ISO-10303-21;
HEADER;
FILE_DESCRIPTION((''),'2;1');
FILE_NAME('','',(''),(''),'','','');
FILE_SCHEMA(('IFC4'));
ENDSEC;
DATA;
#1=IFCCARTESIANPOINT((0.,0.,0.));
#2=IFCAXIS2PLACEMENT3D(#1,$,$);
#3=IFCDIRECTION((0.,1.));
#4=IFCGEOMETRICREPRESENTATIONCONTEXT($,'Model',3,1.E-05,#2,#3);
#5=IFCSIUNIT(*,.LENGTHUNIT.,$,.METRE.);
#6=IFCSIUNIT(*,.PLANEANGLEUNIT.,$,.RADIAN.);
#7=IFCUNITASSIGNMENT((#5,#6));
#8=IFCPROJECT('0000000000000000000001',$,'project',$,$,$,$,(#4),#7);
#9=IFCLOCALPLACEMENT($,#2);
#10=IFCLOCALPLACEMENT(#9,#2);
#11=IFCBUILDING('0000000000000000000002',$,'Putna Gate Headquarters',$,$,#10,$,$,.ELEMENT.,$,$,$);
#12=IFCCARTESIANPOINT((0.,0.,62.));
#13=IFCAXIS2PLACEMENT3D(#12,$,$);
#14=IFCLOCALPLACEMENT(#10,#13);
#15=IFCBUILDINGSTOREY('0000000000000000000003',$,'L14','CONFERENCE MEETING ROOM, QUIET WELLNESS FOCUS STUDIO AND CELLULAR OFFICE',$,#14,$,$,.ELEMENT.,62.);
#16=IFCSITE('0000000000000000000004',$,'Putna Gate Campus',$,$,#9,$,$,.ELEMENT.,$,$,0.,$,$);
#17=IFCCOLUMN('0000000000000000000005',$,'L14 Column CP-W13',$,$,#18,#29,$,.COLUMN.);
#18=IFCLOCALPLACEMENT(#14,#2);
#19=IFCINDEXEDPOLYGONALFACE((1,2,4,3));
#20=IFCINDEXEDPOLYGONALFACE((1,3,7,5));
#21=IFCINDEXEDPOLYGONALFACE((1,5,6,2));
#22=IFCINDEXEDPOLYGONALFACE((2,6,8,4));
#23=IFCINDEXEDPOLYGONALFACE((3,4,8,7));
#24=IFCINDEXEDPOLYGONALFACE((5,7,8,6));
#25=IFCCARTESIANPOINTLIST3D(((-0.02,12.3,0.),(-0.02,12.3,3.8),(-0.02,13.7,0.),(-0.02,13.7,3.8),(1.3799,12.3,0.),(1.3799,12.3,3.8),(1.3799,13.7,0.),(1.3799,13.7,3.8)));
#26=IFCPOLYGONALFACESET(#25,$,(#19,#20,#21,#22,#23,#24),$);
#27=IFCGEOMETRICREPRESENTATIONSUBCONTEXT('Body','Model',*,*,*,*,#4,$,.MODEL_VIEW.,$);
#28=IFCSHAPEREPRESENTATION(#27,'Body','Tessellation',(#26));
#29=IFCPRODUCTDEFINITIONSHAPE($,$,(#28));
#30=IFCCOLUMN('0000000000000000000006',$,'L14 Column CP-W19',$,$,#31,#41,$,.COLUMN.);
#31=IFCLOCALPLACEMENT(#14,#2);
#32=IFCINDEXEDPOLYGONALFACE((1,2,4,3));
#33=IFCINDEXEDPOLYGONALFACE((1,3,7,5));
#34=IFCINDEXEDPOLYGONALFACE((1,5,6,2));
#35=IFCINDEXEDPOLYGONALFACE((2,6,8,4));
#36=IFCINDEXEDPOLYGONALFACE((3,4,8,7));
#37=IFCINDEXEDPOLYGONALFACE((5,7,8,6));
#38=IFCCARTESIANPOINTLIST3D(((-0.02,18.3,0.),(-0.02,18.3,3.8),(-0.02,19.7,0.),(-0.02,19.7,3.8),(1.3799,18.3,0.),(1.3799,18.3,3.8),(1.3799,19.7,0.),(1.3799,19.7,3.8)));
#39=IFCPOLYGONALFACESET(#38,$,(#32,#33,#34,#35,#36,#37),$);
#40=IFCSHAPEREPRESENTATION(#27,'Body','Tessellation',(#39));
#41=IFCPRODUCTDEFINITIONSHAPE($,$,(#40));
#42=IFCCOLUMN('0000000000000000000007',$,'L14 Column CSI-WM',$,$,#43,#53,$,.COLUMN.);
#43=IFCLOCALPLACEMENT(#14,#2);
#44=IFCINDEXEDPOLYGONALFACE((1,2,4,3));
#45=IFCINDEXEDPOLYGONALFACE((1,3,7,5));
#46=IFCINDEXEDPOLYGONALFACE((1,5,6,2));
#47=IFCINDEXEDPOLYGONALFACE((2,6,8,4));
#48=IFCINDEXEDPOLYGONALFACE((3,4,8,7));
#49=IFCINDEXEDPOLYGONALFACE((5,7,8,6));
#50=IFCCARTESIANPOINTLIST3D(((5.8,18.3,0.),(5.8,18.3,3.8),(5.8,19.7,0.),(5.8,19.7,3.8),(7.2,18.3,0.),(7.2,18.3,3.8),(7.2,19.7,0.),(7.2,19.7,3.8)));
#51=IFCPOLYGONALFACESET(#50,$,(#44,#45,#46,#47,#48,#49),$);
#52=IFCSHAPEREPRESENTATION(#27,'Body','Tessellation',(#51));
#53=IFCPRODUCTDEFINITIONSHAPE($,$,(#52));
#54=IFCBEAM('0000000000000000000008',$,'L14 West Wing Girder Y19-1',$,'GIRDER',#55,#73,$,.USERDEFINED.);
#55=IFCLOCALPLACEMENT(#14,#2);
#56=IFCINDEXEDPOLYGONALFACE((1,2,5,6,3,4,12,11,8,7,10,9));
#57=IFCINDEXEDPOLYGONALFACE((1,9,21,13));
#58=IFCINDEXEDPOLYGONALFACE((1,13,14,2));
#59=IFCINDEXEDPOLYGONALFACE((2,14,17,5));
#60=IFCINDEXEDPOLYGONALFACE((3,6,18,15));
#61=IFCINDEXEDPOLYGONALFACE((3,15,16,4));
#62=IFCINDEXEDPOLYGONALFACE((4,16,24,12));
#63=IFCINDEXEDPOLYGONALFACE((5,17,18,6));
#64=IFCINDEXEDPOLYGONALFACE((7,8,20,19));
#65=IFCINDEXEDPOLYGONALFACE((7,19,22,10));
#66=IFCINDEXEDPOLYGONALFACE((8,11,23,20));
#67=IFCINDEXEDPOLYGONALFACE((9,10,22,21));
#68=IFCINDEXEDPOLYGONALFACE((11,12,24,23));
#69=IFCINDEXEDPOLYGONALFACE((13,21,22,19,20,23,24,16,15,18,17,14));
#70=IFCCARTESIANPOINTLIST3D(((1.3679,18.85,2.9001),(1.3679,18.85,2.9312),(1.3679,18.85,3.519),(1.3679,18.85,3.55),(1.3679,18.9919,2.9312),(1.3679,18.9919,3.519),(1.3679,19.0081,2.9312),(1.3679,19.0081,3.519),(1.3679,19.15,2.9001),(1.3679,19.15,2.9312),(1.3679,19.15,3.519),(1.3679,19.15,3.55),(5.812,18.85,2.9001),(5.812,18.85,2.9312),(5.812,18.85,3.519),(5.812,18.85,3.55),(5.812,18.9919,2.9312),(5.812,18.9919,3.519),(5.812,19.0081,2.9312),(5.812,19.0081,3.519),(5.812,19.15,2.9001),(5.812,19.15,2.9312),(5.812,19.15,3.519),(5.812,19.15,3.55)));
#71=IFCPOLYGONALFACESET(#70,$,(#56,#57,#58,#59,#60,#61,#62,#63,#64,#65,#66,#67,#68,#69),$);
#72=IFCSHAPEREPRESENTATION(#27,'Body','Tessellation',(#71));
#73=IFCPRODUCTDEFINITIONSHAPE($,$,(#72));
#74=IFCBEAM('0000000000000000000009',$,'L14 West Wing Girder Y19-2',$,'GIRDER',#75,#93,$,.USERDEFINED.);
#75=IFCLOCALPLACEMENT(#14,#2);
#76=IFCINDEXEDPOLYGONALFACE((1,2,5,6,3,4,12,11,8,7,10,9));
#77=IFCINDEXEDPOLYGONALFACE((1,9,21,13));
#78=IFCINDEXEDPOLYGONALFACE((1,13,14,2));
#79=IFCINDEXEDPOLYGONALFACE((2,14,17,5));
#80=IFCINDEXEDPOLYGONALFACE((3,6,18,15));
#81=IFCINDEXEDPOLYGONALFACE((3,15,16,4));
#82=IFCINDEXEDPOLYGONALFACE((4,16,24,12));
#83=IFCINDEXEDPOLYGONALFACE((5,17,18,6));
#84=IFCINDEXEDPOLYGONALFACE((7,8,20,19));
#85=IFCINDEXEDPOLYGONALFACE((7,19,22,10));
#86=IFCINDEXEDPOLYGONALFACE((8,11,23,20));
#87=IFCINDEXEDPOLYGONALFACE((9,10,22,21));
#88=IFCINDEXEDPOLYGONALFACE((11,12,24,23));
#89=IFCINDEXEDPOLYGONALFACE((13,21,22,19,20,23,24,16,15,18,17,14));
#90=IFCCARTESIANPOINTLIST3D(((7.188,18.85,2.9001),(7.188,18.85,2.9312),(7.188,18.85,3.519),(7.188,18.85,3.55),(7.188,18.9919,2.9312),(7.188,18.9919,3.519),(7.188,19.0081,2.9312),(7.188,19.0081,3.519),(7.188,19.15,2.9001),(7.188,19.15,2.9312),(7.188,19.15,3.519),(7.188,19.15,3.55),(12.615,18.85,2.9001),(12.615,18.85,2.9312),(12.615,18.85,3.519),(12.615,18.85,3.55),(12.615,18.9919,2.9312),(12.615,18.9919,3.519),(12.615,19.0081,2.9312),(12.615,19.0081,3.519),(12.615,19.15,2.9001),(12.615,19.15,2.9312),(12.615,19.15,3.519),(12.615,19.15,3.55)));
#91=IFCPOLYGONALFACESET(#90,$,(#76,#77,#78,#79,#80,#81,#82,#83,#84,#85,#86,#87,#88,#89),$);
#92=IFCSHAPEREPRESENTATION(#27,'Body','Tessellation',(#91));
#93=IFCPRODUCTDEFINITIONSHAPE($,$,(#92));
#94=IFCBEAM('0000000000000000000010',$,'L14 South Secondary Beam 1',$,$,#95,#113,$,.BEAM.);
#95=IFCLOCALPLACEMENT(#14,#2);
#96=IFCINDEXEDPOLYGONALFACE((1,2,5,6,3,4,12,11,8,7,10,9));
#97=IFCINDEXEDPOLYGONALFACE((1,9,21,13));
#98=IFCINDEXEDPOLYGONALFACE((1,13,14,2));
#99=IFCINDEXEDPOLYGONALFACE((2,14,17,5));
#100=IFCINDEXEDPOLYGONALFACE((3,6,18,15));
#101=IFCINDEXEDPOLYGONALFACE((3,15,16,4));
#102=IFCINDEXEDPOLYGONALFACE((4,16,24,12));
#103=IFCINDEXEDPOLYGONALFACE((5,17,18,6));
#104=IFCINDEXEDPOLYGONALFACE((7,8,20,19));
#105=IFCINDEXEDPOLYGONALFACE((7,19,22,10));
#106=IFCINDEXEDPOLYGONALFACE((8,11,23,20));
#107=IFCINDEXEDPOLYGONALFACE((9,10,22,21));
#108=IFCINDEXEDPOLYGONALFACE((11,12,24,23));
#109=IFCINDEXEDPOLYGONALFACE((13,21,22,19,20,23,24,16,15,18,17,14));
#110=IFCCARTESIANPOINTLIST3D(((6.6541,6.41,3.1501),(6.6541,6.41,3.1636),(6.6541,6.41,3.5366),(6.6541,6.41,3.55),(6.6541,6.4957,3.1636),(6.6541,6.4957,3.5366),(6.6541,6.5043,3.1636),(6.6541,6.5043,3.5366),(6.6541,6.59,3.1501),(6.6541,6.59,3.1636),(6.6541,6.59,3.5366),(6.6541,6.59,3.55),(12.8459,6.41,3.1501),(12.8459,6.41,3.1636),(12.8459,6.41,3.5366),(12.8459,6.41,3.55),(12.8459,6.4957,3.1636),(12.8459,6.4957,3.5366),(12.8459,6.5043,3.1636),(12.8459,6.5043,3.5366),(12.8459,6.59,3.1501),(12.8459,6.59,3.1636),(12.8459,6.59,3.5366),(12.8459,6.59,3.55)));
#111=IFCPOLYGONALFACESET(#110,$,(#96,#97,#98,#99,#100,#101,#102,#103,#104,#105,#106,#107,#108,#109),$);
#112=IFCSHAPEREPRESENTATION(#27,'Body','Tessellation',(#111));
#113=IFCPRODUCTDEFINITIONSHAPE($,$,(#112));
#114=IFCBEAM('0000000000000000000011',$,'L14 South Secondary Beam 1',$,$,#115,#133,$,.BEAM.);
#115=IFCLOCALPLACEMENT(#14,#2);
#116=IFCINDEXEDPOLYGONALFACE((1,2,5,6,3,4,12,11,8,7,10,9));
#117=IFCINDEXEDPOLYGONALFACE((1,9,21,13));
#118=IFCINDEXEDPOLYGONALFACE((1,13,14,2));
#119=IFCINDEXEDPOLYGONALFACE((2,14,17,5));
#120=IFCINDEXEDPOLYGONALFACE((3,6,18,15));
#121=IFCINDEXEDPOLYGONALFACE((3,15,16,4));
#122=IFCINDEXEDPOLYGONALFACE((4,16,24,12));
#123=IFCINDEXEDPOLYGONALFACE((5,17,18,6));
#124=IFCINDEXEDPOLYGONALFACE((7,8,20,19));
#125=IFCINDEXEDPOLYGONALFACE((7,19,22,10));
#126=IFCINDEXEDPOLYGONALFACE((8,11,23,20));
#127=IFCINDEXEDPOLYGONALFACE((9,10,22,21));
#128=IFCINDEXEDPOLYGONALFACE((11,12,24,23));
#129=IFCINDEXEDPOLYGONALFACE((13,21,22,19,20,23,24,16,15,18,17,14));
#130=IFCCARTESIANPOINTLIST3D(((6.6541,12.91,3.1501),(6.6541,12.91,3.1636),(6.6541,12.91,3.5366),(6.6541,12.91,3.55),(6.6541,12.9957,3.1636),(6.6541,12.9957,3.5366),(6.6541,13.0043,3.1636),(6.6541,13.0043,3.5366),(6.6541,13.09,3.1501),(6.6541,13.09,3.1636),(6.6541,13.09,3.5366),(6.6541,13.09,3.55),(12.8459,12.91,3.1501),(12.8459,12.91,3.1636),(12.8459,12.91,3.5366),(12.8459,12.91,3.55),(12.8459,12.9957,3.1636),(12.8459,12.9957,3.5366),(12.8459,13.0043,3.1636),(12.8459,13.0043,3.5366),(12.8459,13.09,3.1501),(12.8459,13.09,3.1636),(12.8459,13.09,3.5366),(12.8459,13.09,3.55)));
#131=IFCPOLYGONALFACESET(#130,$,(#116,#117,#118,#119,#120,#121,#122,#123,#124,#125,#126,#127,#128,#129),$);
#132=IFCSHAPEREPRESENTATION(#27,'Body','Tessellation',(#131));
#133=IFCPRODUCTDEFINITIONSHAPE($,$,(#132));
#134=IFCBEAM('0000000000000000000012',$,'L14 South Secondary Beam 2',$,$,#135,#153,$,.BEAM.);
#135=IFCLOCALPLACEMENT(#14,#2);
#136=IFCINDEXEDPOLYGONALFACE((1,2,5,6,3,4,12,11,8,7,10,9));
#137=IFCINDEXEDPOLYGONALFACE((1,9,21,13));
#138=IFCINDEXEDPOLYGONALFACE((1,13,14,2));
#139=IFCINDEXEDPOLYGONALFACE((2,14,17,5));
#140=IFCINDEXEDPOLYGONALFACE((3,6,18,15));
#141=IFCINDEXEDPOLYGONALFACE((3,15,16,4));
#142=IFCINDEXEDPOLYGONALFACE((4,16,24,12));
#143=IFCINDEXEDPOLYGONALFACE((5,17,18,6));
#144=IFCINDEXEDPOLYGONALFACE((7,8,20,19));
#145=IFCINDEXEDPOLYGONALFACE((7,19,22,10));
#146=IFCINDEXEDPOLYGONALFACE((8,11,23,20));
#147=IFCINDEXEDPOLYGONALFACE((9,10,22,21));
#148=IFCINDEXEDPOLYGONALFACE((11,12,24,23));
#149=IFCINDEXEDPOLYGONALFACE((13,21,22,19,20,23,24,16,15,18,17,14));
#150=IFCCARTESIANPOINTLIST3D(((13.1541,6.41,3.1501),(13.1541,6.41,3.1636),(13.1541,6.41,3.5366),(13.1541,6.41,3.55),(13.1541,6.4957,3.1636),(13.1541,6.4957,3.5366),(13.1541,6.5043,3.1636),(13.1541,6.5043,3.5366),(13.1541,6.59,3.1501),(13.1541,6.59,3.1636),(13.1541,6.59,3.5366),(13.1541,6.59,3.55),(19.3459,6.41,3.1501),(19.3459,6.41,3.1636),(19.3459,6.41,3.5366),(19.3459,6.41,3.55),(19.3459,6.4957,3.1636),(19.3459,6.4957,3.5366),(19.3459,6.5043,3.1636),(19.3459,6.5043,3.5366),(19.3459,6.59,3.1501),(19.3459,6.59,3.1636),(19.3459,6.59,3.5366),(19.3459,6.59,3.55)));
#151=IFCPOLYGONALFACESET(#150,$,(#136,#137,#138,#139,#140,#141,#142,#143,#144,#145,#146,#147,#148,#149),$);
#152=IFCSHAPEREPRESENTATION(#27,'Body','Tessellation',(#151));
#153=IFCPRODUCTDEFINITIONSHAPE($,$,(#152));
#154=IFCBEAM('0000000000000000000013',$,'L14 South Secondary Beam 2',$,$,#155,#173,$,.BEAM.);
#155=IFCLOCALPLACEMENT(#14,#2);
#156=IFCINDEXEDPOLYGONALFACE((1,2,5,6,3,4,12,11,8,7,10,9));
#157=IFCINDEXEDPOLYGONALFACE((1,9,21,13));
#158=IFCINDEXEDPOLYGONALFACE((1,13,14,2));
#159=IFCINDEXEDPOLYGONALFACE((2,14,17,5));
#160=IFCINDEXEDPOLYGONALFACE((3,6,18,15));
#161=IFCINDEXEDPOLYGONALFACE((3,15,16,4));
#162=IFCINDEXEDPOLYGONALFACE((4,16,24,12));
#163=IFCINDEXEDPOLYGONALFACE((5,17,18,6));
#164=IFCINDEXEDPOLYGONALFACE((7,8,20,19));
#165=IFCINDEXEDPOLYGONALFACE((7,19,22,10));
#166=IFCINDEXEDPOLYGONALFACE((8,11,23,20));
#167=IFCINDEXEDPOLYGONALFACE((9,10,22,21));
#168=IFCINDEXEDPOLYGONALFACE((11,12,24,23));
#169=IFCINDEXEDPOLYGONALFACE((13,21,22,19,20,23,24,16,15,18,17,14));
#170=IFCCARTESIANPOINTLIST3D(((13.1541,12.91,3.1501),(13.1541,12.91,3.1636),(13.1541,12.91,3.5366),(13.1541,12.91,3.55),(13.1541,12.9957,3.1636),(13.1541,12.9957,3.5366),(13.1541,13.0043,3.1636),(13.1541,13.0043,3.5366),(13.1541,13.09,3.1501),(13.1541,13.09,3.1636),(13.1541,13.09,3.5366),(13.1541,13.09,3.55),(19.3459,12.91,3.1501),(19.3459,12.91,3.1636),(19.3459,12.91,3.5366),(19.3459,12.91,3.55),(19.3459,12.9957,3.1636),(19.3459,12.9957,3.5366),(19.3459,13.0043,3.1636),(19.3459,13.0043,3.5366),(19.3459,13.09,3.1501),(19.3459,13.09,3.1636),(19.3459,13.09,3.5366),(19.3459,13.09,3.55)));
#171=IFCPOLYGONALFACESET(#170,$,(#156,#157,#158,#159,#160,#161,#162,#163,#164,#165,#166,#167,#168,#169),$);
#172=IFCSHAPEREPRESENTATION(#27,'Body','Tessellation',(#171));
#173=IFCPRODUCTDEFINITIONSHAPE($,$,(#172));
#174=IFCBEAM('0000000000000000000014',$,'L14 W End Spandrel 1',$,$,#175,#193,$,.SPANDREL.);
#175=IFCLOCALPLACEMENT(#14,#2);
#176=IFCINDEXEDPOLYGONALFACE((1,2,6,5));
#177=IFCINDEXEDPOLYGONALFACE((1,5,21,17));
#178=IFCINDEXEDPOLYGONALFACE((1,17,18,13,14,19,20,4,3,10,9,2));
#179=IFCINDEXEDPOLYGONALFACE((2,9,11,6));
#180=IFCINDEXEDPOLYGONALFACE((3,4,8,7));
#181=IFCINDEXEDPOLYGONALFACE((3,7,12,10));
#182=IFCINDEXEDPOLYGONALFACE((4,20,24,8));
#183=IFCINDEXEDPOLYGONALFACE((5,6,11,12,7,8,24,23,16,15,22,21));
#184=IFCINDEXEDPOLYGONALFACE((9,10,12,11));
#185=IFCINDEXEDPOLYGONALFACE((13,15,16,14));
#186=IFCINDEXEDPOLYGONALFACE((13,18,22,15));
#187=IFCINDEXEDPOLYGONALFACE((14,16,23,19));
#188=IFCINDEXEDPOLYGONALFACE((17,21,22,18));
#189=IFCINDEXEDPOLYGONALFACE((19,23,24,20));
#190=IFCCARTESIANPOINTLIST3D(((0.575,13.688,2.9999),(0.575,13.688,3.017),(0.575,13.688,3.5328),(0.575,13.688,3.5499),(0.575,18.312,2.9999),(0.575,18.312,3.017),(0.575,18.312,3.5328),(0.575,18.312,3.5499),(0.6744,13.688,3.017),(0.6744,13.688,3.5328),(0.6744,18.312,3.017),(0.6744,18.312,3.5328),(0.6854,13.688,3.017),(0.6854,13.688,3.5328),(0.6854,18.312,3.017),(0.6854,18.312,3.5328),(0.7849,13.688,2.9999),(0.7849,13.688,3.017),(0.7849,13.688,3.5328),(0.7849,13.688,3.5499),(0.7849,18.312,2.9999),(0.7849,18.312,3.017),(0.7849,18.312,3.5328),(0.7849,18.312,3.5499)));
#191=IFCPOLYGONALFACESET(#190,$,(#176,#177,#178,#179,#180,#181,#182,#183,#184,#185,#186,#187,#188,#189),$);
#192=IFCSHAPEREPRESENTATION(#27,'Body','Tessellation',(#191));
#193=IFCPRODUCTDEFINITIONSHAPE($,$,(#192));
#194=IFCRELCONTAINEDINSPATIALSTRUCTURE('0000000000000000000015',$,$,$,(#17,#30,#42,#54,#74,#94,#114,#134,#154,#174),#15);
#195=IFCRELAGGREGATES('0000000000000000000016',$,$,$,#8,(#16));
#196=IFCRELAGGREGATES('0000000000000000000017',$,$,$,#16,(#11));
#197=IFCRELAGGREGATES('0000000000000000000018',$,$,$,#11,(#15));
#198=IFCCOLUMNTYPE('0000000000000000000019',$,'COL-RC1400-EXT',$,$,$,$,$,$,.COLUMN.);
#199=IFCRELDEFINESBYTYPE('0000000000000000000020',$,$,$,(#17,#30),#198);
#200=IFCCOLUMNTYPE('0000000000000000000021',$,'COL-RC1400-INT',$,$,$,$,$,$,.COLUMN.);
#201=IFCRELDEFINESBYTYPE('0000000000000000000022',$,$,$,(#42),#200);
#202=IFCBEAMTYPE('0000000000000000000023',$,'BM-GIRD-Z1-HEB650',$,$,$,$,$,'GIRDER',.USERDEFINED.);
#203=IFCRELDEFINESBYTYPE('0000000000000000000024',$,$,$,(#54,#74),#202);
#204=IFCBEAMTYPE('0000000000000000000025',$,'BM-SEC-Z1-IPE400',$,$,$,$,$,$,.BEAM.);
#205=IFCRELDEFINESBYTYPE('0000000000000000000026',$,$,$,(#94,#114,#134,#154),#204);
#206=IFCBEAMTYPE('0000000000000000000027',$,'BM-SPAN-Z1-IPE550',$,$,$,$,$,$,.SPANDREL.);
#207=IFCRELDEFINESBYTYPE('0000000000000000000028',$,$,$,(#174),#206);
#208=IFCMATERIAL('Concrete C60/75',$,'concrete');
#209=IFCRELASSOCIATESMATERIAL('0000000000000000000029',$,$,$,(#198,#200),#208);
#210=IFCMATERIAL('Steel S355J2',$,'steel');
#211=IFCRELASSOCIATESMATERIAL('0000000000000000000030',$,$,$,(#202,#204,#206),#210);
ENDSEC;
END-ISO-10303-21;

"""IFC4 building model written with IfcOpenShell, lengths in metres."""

from ifc_helpers import new_model, si_unit, direction, frame, origin, origin_2d, place, context, subcontext, project, spatial, rectangle, i_section, extrude, material, material_profile, profile_set, type_object, element, save


model = new_model("IFC4")

# Units and contexts
model_context = context("Model", 3, precision=1e-05, world=origin(), true_north=direction((0.0, 1.0)))
body_context = subcontext(model_context, "Body", "Model", "MODEL_VIEW")
ifc_project = project(units=[si_unit("LENGTHUNIT", "METRE"), si_unit("PLANEANGLEUNIT", "RADIAN")], contexts=[model_context])

# Site, building, storey
site_placement = place(None, origin())
site = spatial("IfcSite", under=ifc_project, at=site_placement, Name="Putna Gate Campus", CompositionType="ELEMENT", RefElevation=0.0)
building_placement = place(site_placement, origin())
building = spatial("IfcBuilding", under=site, at=building_placement, Name="Putna Gate Headquarters", CompositionType="ELEMENT")
storey_placement = place(building_placement, frame((0.0, 0.0, 62.0)))
storey = spatial("IfcBuildingStorey", under=building, at=storey_placement, Name="L14", Description="CONFERENCE MEETING ROOM, QUIET WELLNESS FOCUS STUDIO AND CELLULAR OFFICE", CompositionType="ELEMENT", Elevation=62.0)

# Columns
ifc_material_1 = material(Name="Concrete C60/75", Category="concrete")
ifc_material_profile_1 = material_profile(ifc_material_1, rectangle(XDim=1.3999, YDim=1.3999, at=origin_2d()), Name="Concrete C60/75")
ifc_profile_set_1 = profile_set([ifc_material_profile_1], Name="Concrete C60/75")
column_type_1 = type_object("IfcColumnType", Name="COL-RC1400-EXT", PredefinedType="COLUMN", material=ifc_profile_set_1)
for number, where, z_axis, x_axis, name in (
    (1, (0.6799, 13.0, 0.0), (0.0, 0.0, 1.0), (1.0, 0.0, 0.0), "L14 Column CP-W13"),
    (2, (0.6799, 19.0, 0.0), (0.0, 0.0, 1.0), (1.0, 0.0, 0.0), "L14 Column CP-W19"),
):
    element("IfcColumn", number, at=place(storey_placement, frame(where, z_axis=z_axis, x_axis=x_axis)), inside=storey, type_object=column_type_1, Name=name, PredefinedType="COLUMN", context=body_context, shape_type="SweptSolid", body=[
        extrude(rectangle(XDim=1.3999, YDim=1.3999, at=origin_2d()), origin(), (0.0, 0.0, 1.0), 3.8),
    ])
ifc_material_profile_2 = material_profile(ifc_material_1, rectangle(XDim=1.3999, YDim=1.3999, at=origin_2d()), Name="Concrete C60/75")
ifc_profile_set_2 = profile_set([ifc_material_profile_2], Name="Concrete C60/75")
column_type_2 = type_object("IfcColumnType", Name="COL-RC1400-INT", PredefinedType="COLUMN", material=ifc_profile_set_2)
column_placement = place(storey_placement, frame((6.5, 19.0, 0.0), z_axis=(0.0, 0.0, 1.0), x_axis=(1.0, 0.0, 0.0)))
element("IfcColumn", 3, at=column_placement, inside=storey, type_object=column_type_2, Name="L14 Column CSI-WM", PredefinedType="COLUMN", context=body_context, shape_type="SweptSolid", body=[
    extrude(rectangle(XDim=1.3999, YDim=1.3999, at=origin_2d()), origin(), (0.0, 0.0, 1.0), 3.8),
])

# Beams
ifc_material_2 = material(Name="Steel S355J2", Category="steel")
ifc_material_profile_3 = material_profile(ifc_material_2, i_section(OverallWidth=0.3, OverallDepth=0.6499, WebThickness=0.0161, FlangeThickness=0.031, at=origin_2d()), Name="Steel S355J2")
ifc_profile_set_3 = profile_set([ifc_material_profile_3], Name="Steel S355J2")
beam_type_1 = type_object("IfcBeamType", Name="BM-GIRD-Z1-HEB650", ElementType="GIRDER", PredefinedType="USERDEFINED", material=ifc_profile_set_3)
beam_1_placement = place(storey_placement, frame((1.3679, 19.0, 3.2251), z_axis=(1.0, 0.0, 0.0), x_axis=(0.0, 1.0, 0.0)))
element("IfcBeam", 4, at=beam_1_placement, inside=storey, type_object=beam_type_1, Name="L14 West Wing Girder Y19-1", ObjectType="GIRDER", PredefinedType="USERDEFINED", context=body_context, shape_type="SweptSolid", body=[
    extrude(i_section(OverallWidth=0.3, OverallDepth=0.6499, WebThickness=0.0161, FlangeThickness=0.031, at=origin_2d()), origin(), (0.0, 0.0, 1.0), 4.4441),
])
beam_2_placement = place(storey_placement, frame((7.188, 19.0, 3.2251), z_axis=(1.0, 0.0, 0.0), x_axis=(0.0, 1.0, 0.0)))
element("IfcBeam", 5, at=beam_2_placement, inside=storey, type_object=beam_type_1, Name="L14 West Wing Girder Y19-2", ObjectType="GIRDER", PredefinedType="USERDEFINED", context=body_context, shape_type="SweptSolid", body=[
    extrude(i_section(OverallWidth=0.3, OverallDepth=0.6499, WebThickness=0.0161, FlangeThickness=0.031, at=origin_2d()), origin(), (0.0, 0.0, 1.0), 5.427),
])
ifc_material_profile_4 = material_profile(ifc_material_2, i_section(OverallWidth=0.1799, OverallDepth=0.3999, WebThickness=0.0085, FlangeThickness=0.0134, at=origin_2d()), Name="Steel S355J2")
ifc_profile_set_4 = profile_set([ifc_material_profile_4], Name="Steel S355J2")
beam_type_2 = type_object("IfcBeamType", Name="BM-SEC-Z1-IPE400", PredefinedType="BEAM", material=ifc_profile_set_4)
for number, where, z_axis, x_axis, name in (
    (6, (6.6541, 6.5, 3.3501), (1.0, 0.0, 0.0), (0.0, 1.0, 0.0), "L14 South Secondary Beam 1"),
    (7, (6.6541, 13.0, 3.3501), (1.0, 0.0, 0.0), (0.0, 1.0, 0.0), "L14 South Secondary Beam 1"),
    (8, (13.1541, 6.5, 3.3501), (1.0, 0.0, 0.0), (0.0, 1.0, 0.0), "L14 South Secondary Beam 2"),
    (9, (13.1541, 13.0, 3.3501), (1.0, 0.0, 0.0), (0.0, 1.0, 0.0), "L14 South Secondary Beam 2"),
):
    element("IfcBeam", number, at=place(storey_placement, frame(where, z_axis=z_axis, x_axis=x_axis)), inside=storey, type_object=beam_type_2, Name=name, PredefinedType="BEAM", context=body_context, shape_type="SweptSolid", body=[
        extrude(i_section(OverallWidth=0.1799, OverallDepth=0.3999, WebThickness=0.0085, FlangeThickness=0.0134, at=origin_2d()), origin(), (0.0, 0.0, 1.0), 6.1919),
    ])
ifc_material_profile_5 = material_profile(ifc_material_2, i_section(OverallWidth=0.21, OverallDepth=0.55, WebThickness=0.011, FlangeThickness=0.0171, at=origin_2d()), Name="Steel S355J2")
ifc_profile_set_5 = profile_set([ifc_material_profile_5], Name="Steel S355J2")
beam_type_3 = type_object("IfcBeamType", Name="BM-SPAN-Z1-IPE550", PredefinedType="SPANDREL", material=ifc_profile_set_5)
beam_3_placement = place(storey_placement, frame((0.6799, 13.688, 3.2749), z_axis=(0.0, 1.0, 0.0), x_axis=(-1.0, 0.0, 0.0)))
element("IfcBeam", 10, at=beam_3_placement, inside=storey, type_object=beam_type_3, Name="L14 W End Spandrel 1", PredefinedType="SPANDREL", context=body_context, shape_type="SweptSolid", body=[
    extrude(i_section(OverallWidth=0.21, OverallDepth=0.55, WebThickness=0.011, FlangeThickness=0.0171, at=origin_2d()), origin(), (0.0, 0.0, 1.0), 4.624),
])

save(model, "model.ifc")
